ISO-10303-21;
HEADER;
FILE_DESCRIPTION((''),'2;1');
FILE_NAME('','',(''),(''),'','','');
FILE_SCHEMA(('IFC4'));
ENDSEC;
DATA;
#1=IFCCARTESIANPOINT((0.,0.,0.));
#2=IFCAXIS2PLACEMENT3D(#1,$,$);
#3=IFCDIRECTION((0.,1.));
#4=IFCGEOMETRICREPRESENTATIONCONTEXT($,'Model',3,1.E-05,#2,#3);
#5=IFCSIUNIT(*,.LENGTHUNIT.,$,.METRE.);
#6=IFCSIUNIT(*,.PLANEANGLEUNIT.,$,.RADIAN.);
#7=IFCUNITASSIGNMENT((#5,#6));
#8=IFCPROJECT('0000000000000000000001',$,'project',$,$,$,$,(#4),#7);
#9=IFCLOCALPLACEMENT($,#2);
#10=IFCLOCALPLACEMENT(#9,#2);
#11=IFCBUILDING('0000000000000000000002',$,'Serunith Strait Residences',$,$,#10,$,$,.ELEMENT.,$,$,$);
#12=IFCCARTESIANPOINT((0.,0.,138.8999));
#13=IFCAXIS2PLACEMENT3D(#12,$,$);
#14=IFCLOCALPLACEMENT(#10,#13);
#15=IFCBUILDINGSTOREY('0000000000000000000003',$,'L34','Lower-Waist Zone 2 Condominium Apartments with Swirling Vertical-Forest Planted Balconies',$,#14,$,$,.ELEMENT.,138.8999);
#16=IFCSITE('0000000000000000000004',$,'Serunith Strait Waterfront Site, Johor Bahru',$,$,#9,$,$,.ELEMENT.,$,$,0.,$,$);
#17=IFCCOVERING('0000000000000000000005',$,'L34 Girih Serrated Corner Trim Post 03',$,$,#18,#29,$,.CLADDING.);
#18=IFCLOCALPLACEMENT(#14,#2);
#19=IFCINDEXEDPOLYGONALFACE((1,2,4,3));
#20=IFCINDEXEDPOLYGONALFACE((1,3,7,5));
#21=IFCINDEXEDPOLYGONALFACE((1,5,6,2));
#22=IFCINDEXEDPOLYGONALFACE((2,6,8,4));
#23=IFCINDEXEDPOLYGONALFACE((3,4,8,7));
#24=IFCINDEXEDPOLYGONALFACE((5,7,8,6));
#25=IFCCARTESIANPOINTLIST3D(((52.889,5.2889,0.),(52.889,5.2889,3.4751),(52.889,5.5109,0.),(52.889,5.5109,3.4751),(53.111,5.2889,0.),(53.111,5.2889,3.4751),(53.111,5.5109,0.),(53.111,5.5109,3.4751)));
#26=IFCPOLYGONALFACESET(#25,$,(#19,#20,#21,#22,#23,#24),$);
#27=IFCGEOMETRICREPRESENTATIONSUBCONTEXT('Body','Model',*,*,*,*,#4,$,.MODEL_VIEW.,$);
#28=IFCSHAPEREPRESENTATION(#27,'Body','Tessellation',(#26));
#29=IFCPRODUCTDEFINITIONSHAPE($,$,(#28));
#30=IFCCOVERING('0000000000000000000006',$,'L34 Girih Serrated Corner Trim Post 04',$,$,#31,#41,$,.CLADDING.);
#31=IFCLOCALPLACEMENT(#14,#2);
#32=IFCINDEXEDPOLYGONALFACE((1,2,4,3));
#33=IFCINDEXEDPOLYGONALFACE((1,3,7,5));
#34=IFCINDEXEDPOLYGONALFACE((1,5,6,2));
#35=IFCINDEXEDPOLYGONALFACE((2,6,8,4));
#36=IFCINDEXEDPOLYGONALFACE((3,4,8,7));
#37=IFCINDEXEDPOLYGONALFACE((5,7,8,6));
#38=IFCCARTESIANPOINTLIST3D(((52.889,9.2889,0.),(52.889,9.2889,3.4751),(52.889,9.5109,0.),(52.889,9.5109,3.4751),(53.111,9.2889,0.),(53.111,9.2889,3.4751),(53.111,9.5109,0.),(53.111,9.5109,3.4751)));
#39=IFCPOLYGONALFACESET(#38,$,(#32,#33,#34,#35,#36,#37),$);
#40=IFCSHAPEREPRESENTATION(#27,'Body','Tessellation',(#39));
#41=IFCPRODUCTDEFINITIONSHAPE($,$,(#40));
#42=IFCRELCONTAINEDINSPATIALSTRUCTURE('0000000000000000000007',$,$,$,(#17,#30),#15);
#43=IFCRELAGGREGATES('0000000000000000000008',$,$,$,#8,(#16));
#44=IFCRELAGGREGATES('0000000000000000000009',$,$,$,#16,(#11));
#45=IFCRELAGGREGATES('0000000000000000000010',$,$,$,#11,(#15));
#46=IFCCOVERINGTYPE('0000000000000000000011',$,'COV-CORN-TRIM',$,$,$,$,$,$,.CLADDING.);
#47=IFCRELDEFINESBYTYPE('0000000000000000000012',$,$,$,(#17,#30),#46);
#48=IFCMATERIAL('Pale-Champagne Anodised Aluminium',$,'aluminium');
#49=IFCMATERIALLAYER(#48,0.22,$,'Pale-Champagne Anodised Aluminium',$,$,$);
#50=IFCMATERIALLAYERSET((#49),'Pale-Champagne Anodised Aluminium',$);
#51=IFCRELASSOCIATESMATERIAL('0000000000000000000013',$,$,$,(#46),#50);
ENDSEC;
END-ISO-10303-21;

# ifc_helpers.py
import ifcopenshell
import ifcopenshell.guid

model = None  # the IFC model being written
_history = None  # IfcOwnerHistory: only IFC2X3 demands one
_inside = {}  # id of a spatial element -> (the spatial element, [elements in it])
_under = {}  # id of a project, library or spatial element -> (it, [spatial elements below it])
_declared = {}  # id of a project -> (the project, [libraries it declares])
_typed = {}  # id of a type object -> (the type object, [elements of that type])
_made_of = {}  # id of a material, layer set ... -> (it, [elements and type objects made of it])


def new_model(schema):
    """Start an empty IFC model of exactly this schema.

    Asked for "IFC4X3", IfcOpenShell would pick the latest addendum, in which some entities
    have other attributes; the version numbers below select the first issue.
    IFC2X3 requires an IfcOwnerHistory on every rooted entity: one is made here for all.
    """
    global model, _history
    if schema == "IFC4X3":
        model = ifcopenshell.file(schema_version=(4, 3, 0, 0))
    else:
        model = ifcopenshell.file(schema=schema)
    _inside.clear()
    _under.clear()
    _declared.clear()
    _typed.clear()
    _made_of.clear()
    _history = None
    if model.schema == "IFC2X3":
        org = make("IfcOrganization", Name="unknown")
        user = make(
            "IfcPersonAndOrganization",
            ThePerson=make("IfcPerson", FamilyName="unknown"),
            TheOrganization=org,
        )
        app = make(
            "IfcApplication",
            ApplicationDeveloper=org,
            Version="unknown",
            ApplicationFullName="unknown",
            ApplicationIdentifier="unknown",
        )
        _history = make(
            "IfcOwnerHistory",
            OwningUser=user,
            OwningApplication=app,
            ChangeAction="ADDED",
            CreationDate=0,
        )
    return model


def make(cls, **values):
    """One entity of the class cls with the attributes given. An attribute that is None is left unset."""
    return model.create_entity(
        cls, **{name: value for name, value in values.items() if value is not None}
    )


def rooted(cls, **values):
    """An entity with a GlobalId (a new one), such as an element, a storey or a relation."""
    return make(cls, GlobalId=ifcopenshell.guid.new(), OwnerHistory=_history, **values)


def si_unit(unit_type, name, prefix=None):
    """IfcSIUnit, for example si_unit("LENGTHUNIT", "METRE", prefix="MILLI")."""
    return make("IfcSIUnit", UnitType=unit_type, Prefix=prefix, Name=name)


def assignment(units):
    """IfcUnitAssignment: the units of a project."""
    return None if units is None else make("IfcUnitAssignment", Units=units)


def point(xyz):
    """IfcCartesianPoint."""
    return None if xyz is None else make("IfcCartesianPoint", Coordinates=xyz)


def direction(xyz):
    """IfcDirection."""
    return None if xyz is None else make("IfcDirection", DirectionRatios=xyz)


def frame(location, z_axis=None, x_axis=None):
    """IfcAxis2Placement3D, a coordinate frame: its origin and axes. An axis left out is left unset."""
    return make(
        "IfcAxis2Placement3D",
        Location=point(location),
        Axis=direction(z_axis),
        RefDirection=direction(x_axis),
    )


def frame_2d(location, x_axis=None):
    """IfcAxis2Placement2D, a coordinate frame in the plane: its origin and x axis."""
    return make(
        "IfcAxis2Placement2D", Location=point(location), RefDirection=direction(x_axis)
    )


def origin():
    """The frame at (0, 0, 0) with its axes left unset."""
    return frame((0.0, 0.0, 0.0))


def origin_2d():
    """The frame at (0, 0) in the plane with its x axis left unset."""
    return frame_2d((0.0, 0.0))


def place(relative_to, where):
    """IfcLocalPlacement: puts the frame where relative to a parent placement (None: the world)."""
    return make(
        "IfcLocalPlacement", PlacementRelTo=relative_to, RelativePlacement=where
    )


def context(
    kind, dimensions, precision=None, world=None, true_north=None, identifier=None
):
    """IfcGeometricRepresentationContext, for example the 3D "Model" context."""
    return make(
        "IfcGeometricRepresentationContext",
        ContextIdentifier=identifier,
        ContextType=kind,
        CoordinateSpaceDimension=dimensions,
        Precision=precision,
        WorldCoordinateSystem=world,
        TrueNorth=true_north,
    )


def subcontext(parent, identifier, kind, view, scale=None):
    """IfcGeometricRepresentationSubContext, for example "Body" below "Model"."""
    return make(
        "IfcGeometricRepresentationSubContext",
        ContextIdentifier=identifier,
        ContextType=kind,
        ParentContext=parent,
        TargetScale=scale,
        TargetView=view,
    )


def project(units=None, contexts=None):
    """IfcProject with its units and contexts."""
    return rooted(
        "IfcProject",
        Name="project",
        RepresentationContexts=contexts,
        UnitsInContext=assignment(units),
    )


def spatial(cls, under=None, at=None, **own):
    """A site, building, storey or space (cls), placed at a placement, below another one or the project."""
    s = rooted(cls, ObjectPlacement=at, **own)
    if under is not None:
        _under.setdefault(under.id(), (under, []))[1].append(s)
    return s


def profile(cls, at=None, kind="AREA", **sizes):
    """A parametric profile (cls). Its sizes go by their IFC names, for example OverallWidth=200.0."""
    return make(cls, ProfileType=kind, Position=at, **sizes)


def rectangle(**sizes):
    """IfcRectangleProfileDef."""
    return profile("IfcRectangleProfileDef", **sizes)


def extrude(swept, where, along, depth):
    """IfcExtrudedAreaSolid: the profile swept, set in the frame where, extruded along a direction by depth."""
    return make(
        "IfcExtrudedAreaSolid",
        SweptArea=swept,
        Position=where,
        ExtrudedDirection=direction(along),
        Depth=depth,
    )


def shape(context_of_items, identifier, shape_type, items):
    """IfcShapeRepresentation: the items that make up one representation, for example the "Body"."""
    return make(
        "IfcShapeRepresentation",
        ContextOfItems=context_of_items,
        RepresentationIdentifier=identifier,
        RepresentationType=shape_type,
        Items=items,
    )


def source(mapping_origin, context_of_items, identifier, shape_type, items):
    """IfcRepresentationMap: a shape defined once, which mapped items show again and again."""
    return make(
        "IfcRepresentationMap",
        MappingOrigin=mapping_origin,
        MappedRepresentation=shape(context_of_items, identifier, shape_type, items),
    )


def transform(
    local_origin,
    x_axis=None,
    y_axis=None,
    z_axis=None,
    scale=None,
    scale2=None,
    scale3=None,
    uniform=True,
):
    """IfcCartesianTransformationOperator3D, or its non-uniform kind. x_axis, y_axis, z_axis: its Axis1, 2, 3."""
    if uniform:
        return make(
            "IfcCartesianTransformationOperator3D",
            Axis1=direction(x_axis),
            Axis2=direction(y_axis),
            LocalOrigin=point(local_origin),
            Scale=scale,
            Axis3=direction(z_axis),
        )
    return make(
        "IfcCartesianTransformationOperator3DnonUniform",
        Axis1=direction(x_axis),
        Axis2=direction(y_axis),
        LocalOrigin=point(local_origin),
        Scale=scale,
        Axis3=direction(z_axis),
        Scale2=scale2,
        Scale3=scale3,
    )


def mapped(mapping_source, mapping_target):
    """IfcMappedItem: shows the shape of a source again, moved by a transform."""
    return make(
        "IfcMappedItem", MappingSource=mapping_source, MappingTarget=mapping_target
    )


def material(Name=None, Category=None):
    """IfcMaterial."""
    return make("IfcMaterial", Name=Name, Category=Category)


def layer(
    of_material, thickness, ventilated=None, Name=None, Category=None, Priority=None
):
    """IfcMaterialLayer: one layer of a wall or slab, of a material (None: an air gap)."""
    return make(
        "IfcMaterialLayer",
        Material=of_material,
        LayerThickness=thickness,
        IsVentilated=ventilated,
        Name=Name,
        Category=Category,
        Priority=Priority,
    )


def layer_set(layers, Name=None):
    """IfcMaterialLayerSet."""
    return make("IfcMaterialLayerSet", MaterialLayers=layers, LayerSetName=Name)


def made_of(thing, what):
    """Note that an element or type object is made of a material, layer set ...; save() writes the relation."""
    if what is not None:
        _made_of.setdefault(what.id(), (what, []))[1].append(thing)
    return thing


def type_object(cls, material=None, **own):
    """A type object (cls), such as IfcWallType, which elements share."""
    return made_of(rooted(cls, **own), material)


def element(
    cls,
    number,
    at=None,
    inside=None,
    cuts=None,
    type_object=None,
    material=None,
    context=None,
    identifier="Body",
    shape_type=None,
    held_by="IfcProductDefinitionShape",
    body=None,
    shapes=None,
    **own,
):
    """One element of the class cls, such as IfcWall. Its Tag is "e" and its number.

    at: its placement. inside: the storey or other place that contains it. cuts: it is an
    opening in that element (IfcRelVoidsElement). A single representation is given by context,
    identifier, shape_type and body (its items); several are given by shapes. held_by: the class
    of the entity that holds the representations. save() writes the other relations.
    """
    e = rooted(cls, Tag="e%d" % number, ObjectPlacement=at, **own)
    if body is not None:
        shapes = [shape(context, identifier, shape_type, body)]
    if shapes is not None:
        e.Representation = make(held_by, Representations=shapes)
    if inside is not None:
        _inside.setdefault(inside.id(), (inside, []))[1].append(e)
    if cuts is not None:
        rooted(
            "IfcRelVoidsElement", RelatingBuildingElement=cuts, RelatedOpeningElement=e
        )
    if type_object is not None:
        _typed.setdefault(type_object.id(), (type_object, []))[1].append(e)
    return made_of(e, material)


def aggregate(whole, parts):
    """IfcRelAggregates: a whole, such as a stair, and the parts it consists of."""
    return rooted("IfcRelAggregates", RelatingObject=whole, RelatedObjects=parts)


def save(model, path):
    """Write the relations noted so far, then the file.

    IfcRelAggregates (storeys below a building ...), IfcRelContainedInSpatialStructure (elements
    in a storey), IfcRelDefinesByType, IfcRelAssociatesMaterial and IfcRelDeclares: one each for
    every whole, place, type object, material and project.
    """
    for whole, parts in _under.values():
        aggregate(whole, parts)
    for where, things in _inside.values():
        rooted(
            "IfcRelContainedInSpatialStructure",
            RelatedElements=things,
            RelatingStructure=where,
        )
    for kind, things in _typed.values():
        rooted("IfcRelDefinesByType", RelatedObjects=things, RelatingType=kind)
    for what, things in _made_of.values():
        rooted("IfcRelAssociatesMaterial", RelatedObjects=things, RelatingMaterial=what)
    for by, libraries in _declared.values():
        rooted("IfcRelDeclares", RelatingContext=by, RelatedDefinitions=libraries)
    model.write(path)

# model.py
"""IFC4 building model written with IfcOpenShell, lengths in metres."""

from ifc_helpers import new_model, si_unit, direction, frame, origin, origin_2d, place, context, subcontext, project, spatial, rectangle, extrude, source, transform, mapped, material, layer, layer_set, type_object, element, save


model = new_model("IFC4")

# Units and contexts
model_context = context("Model", 3, precision=1e-05, world=origin(), true_north=direction((0.0, 1.0)))
body_context = subcontext(model_context, "Body", "Model", "MODEL_VIEW")
ifc_project = project(units=[si_unit("LENGTHUNIT", "METRE"), si_unit("PLANEANGLEUNIT", "RADIAN")], contexts=[model_context])

# Site, building, storey
site_placement = place(None, origin())
site = spatial("IfcSite", under=ifc_project, at=site_placement, Name="Serunith Strait Waterfront Site, Johor Bahru", CompositionType="ELEMENT", RefElevation=0.0)
building_placement = place(site_placement, origin())
building = spatial("IfcBuilding", under=site, at=building_placement, Name="Serunith Strait Residences", CompositionType="ELEMENT")
storey_placement = place(building_placement, frame((0.0, 0.0, 138.8999)))
storey = spatial("IfcBuildingStorey", under=building, at=storey_placement, Name="L34", Description="Lower-Waist Zone 2 Condominium Apartments with Swirling Vertical-Forest Planted Balconies", CompositionType="ELEMENT", Elevation=138.8999)

# Shared definitions
ifc_material_1 = material(Name="Pale-Champagne Anodised Aluminium", Category="aluminium")

# Coverings
ifc_layer_1 = layer(ifc_material_1, 0.22, Name="Pale-Champagne Anodised Aluminium")
ifc_layer_set_1 = layer_set([ifc_layer_1], Name="Pale-Champagne Anodised Aluminium")
covering_type = type_object("IfcCoveringType", Name="COV-CORN-TRIM", PredefinedType="CLADDING", material=ifc_layer_set_1)
shared_shape_1 = source(origin(), body_context, "Body", "SweptSolid", [
    extrude(rectangle(XDim=0.2219, YDim=0.2219, at=origin_2d()), origin(), (0.0, 0.0, 1.0), 3.4751),
])
for number, where, z_axis, x_axis, name in (
    (1, (53.0, 5.3999, 0.0), (0.0, 0.0, 1.0), (1.0, 0.0, 0.0), "L34 Girih Serrated Corner Trim Post 03"),
    (2, (53.0, 9.3999, 0.0), (0.0, 0.0, 1.0), (1.0, 0.0, 0.0), "L34 Girih Serrated Corner Trim Post 04"),
):
    element("IfcCovering", number, at=place(storey_placement, frame(where, z_axis=z_axis, x_axis=x_axis)), inside=storey, type_object=covering_type, Name=name, PredefinedType="CLADDING", context=body_context, shape_type="MappedRepresentation", body=[
        mapped(shared_shape_1, transform((0.0, 0.0, 0.0), scale=1.0)),
    ])

save(model, "model.ifc")
